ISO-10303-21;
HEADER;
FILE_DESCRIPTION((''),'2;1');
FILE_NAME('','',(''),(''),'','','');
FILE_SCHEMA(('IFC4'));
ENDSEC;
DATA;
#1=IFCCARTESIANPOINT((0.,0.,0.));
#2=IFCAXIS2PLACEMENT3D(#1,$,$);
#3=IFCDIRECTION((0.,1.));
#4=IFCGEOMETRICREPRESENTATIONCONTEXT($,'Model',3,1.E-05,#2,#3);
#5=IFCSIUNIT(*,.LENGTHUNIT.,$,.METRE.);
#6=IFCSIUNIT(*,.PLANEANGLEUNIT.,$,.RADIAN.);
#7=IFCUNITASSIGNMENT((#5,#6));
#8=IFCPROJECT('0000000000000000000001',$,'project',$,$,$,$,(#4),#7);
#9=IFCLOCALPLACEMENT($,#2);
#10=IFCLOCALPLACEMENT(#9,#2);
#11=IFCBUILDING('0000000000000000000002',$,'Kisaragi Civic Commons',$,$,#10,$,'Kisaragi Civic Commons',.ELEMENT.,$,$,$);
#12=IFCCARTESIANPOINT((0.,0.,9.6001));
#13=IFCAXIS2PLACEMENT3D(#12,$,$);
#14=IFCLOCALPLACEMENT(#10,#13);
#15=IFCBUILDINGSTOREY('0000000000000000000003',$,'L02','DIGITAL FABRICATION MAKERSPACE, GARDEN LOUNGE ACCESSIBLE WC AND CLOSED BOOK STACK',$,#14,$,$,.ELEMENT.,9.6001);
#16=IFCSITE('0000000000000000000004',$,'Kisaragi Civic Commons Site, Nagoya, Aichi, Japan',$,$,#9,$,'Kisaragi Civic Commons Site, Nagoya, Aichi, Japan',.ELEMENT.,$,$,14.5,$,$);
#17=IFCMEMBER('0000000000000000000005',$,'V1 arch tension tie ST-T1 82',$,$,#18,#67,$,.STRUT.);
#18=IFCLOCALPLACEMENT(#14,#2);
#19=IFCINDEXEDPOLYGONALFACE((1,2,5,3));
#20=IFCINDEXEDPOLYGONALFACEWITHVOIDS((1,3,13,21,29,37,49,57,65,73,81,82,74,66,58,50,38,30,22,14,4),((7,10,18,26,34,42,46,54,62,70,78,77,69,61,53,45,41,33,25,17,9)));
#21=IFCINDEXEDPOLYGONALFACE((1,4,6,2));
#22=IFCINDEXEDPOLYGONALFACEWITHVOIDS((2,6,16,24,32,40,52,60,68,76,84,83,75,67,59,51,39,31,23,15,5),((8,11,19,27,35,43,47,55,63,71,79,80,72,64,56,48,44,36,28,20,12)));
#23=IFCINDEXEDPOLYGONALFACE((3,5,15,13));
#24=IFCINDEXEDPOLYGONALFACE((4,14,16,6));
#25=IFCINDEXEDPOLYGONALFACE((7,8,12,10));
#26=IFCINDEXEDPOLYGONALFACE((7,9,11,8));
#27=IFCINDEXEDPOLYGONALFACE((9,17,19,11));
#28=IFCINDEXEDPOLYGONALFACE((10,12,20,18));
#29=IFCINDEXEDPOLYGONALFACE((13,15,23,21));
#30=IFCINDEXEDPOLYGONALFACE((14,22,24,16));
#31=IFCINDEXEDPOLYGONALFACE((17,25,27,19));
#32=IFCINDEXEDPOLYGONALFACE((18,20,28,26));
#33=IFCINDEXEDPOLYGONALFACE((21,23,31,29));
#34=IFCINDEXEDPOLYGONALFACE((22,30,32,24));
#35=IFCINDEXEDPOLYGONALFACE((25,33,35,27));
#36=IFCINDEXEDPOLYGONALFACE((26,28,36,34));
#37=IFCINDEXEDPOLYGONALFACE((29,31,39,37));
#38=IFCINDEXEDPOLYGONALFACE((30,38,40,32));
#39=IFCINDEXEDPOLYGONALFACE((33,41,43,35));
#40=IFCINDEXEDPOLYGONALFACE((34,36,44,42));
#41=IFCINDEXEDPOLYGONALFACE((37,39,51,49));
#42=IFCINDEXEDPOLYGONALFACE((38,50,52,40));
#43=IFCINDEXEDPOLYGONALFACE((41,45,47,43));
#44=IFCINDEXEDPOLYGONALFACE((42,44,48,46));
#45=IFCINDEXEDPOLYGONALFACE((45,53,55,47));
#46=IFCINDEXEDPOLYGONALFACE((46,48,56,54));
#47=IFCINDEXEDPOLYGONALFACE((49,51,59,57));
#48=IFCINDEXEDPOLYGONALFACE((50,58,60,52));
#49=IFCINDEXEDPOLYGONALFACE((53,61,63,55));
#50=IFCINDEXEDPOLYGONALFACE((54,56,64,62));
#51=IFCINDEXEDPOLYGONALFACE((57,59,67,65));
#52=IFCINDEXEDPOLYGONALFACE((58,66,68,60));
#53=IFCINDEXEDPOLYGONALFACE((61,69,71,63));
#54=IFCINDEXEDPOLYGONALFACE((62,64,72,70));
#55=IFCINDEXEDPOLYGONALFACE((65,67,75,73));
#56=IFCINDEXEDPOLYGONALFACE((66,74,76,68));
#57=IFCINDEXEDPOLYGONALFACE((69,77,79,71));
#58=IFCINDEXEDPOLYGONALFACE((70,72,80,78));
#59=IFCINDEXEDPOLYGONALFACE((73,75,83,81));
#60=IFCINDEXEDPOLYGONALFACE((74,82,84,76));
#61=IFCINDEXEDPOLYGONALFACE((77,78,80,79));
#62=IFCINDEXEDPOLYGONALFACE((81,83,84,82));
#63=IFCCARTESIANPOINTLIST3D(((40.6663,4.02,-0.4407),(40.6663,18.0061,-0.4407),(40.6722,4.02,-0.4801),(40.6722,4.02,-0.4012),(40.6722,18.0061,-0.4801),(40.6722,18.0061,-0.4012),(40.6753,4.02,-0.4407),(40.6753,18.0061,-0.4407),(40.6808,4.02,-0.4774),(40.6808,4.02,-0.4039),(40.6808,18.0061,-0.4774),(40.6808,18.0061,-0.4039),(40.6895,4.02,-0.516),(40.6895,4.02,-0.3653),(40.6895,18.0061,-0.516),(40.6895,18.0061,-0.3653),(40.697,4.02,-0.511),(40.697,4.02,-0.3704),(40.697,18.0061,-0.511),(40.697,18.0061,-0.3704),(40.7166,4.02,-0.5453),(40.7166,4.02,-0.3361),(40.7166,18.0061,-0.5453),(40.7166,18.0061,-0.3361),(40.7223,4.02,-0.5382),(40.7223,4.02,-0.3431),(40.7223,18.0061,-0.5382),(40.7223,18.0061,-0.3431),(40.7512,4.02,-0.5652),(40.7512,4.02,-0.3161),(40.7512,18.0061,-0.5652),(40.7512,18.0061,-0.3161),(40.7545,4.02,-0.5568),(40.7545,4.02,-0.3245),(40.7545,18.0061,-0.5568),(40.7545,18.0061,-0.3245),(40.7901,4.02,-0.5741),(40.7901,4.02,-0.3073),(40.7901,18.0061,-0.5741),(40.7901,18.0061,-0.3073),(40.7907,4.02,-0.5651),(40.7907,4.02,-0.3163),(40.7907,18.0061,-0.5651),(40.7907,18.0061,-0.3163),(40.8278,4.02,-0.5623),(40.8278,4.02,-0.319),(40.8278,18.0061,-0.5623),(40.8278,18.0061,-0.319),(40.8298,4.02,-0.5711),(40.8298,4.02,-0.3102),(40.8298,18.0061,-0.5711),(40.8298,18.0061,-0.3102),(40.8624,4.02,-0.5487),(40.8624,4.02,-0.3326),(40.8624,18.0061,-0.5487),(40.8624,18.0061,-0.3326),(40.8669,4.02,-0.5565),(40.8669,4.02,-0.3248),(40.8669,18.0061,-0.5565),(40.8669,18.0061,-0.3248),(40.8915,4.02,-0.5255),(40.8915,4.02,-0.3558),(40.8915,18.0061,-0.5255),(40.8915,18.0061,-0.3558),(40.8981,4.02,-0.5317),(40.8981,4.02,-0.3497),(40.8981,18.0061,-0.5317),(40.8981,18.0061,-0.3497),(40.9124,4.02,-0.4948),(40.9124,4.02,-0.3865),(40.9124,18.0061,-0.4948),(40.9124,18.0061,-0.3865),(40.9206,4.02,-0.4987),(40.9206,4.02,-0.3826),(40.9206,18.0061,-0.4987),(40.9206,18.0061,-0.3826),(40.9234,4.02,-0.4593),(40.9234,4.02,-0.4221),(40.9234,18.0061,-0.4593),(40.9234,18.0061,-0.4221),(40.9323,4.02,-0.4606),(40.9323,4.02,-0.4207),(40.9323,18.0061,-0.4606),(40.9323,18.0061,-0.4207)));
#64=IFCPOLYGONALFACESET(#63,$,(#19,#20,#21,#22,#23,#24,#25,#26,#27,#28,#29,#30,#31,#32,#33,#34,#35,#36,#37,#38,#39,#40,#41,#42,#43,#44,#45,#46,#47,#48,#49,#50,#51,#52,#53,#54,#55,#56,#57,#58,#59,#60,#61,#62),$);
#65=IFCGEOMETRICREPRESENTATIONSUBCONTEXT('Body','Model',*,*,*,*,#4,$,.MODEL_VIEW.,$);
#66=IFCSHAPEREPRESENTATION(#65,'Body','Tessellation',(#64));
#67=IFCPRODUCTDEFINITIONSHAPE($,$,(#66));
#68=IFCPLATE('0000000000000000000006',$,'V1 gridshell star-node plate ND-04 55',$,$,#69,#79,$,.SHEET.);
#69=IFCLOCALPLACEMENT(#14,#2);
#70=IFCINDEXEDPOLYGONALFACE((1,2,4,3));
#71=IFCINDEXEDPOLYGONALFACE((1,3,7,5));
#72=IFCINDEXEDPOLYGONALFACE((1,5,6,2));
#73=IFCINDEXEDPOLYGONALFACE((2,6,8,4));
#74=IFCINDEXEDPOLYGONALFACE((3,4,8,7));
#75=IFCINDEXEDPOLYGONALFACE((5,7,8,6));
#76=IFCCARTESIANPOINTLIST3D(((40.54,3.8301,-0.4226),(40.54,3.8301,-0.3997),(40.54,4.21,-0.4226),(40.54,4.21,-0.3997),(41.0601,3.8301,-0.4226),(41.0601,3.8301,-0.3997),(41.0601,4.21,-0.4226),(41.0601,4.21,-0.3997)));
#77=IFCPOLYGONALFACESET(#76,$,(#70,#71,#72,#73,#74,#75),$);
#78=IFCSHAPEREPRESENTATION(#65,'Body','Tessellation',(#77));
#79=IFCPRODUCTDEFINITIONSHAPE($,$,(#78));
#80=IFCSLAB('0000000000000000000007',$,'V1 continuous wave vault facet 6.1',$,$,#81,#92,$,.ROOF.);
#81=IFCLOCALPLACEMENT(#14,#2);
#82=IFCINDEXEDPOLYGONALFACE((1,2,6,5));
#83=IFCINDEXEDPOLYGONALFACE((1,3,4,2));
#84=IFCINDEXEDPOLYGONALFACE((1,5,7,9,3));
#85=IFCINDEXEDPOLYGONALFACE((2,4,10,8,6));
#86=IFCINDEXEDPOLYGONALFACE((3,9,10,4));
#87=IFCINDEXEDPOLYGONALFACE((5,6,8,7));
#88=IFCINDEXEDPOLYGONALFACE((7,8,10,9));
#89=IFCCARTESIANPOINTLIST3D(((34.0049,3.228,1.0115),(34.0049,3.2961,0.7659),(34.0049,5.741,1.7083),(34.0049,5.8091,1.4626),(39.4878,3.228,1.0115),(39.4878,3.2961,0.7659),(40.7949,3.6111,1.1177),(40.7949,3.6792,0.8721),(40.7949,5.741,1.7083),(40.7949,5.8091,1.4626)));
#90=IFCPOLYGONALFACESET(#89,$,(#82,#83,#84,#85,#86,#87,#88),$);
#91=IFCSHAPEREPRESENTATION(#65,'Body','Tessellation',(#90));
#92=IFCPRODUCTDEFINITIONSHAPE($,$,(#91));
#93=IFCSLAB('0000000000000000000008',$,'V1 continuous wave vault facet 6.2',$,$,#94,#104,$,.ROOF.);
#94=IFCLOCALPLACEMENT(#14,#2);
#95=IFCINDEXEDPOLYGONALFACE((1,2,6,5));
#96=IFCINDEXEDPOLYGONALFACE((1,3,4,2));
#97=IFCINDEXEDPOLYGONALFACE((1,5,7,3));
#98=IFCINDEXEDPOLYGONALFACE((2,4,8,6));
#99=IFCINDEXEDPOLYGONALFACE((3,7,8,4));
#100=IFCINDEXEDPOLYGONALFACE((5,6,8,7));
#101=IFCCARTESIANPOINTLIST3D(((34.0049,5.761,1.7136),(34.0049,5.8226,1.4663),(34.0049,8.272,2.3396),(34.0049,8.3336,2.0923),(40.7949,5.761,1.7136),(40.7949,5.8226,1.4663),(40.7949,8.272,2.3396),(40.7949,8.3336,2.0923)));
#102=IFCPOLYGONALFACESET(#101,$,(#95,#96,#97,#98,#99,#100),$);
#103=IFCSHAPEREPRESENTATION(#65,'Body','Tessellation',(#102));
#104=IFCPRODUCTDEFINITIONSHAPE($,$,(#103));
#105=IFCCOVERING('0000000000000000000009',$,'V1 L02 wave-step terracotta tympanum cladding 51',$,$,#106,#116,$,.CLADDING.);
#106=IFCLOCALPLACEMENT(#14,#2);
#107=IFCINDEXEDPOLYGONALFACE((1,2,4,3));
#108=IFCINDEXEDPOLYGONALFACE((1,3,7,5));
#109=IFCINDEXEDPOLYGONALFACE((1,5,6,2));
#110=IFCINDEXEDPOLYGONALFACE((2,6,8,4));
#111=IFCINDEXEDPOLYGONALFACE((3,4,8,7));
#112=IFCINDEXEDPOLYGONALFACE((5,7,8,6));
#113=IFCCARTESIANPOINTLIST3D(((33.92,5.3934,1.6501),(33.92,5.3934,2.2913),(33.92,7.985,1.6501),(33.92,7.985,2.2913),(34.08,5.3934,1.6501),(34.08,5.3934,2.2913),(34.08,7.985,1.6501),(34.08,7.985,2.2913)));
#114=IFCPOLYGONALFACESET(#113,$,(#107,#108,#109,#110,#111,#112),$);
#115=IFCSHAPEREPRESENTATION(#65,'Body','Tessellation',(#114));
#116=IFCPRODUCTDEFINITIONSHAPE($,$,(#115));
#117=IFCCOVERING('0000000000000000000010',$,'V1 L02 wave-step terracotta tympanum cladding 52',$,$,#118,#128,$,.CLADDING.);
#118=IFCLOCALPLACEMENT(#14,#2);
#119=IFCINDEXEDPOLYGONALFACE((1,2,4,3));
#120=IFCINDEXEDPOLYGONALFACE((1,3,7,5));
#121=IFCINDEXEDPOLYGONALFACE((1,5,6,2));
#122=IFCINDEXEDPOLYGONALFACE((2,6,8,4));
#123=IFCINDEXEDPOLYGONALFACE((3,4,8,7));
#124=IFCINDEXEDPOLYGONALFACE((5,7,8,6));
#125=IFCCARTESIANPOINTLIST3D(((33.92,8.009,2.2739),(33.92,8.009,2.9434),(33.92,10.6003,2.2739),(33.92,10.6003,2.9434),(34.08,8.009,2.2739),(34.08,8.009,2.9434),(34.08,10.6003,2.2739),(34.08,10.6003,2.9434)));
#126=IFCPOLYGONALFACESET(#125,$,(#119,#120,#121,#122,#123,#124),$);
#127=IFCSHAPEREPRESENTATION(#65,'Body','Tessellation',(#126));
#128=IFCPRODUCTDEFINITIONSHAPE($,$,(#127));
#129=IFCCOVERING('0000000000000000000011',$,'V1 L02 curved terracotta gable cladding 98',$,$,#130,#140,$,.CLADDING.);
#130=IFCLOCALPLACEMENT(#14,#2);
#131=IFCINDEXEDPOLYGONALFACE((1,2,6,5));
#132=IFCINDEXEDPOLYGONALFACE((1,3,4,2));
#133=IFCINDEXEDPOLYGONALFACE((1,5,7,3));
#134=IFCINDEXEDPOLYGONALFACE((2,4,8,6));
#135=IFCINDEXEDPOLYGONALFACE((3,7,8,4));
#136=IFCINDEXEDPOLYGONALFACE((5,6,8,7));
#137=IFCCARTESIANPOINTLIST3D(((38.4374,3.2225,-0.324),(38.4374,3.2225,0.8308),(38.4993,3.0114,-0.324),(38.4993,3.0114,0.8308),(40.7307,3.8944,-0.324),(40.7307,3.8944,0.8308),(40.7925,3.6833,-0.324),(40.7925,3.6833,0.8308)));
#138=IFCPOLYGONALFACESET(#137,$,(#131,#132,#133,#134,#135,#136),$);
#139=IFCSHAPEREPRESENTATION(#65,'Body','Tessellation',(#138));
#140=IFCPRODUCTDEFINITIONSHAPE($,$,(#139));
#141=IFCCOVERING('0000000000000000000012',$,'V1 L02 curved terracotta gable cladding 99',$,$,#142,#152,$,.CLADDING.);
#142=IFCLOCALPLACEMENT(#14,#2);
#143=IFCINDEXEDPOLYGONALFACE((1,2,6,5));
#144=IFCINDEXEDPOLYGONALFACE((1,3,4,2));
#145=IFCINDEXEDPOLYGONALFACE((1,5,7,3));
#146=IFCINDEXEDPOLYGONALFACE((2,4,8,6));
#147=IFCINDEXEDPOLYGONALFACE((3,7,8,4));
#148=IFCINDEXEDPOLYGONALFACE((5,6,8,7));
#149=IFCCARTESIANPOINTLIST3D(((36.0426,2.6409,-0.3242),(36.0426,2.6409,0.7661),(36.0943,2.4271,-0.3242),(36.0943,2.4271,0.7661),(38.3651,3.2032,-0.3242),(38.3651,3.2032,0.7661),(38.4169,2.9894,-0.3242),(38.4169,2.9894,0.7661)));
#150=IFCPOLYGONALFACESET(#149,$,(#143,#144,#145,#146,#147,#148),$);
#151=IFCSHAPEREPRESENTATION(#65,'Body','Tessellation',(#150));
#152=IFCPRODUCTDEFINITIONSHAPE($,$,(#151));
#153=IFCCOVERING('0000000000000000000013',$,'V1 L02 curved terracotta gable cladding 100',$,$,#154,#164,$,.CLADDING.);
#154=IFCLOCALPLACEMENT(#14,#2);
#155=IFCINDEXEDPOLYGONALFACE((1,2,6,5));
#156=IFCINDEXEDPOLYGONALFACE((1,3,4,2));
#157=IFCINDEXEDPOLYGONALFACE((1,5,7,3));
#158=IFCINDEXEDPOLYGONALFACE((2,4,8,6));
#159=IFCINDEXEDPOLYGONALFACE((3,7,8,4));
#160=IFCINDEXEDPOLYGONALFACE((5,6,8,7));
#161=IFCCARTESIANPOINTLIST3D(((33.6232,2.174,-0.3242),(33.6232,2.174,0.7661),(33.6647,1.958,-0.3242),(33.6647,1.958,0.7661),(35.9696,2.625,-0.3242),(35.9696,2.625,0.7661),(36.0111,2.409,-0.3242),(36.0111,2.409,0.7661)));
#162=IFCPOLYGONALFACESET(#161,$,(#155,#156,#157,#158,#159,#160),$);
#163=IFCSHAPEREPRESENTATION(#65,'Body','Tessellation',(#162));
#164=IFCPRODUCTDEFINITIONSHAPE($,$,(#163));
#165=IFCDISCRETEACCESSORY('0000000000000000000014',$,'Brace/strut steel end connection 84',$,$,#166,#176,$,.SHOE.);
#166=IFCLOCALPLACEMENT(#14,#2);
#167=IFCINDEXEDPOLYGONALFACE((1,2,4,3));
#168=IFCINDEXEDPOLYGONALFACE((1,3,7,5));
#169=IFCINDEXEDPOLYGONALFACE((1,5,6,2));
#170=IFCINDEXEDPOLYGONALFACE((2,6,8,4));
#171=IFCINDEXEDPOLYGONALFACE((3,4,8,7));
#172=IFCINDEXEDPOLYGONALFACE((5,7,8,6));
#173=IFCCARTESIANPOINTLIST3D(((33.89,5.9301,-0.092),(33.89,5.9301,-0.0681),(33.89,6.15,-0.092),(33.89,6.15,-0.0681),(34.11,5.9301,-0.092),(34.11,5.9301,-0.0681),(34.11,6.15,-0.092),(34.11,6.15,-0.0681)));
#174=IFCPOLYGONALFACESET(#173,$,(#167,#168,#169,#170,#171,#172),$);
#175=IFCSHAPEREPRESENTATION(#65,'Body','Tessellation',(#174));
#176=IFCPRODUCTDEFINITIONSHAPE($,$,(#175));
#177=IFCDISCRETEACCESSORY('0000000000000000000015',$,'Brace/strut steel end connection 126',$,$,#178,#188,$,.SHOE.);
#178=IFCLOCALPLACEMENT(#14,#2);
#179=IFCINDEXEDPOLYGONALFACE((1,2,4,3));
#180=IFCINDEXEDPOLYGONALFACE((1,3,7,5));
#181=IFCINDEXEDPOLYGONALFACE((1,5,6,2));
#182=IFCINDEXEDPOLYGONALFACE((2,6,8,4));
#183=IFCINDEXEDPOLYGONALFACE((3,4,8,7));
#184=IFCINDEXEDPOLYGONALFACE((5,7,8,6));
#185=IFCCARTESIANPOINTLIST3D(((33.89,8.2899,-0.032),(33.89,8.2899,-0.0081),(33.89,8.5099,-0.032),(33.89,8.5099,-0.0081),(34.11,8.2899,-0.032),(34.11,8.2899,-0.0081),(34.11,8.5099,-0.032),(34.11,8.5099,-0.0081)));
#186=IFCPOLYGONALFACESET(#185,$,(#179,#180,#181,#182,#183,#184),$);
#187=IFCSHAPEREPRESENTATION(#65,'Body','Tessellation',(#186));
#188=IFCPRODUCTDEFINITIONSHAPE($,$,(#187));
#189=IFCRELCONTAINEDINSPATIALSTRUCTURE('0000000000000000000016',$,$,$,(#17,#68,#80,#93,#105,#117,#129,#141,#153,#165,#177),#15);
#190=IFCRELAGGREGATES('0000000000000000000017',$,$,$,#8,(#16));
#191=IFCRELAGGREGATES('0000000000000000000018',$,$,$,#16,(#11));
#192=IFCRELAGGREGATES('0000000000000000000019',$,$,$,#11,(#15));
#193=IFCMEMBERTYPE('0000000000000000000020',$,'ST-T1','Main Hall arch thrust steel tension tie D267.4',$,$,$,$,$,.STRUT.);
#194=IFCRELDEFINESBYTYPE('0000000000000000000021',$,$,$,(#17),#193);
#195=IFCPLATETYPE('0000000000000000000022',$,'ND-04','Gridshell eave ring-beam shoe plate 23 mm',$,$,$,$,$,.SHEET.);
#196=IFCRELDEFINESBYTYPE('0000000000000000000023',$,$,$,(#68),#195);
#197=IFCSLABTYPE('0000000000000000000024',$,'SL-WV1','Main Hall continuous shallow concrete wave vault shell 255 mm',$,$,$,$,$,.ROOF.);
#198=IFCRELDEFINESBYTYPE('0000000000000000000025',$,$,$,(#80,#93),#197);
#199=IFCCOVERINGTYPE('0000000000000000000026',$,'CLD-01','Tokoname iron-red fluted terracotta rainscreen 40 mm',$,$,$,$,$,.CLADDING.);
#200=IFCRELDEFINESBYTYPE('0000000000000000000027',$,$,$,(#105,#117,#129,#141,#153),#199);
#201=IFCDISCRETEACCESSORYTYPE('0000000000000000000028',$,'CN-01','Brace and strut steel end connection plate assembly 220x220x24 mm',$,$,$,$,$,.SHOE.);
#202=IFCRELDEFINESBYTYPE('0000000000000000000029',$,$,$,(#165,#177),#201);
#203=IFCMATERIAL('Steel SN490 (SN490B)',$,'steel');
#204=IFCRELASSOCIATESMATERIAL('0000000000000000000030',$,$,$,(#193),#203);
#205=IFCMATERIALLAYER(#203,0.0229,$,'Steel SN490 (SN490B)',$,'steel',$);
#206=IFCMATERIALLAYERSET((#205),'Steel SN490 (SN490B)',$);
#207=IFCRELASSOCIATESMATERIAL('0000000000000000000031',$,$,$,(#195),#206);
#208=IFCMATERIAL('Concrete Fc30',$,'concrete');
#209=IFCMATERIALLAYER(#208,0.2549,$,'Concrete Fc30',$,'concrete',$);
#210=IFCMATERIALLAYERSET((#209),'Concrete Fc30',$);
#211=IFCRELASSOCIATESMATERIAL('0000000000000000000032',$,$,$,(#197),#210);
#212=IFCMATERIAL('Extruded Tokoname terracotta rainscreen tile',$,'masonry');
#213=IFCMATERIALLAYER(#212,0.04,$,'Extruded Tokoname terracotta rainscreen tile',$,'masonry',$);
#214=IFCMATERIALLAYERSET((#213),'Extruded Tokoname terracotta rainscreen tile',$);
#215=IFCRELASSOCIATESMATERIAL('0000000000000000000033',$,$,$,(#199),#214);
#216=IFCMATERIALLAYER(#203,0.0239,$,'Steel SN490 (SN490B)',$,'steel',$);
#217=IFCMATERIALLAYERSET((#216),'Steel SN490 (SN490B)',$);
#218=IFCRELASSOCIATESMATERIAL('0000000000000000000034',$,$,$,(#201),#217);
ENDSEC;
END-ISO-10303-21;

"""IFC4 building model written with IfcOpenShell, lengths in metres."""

from ifc_helpers import new_model, si_unit, direction, frame, origin, origin_2d, place, context, subcontext, project, spatial, polyline, rectangle, hollow_circle, outline, extrude, material, layer, layer_set, material_profile, profile_set, type_object, element, save


model = new_model("IFC4")

# Units and contexts
model_context = context("Model", 3, precision=1e-05, world=origin(), true_north=direction((0.0, 1.0)))
body_context = subcontext(model_context, "Body", "Model", "MODEL_VIEW")
ifc_project = project(units=[si_unit("LENGTHUNIT", "METRE"), si_unit("PLANEANGLEUNIT", "RADIAN")], contexts=[model_context])

# Site, building, storey
site_placement = place(None, origin())
site = spatial("IfcSite", under=ifc_project, at=site_placement, Name="Kisaragi Civic Commons Site, Nagoya, Aichi, Japan", LongName="Kisaragi Civic Commons Site, Nagoya, Aichi, Japan", CompositionType="ELEMENT", RefElevation=14.5)
building_placement = place(site_placement, origin())
building = spatial("IfcBuilding", under=site, at=building_placement, Name="Kisaragi Civic Commons", LongName="Kisaragi Civic Commons", CompositionType="ELEMENT")
storey_placement = place(building_placement, frame((0.0, 0.0, 9.6001)))
storey = spatial("IfcBuildingStorey", under=building, at=storey_placement, Name="L02", Description="DIGITAL FABRICATION MAKERSPACE, GARDEN LOUNGE ACCESSIBLE WC AND CLOSED BOOK STACK", CompositionType="ELEMENT", Elevation=9.6001)

# Member
ifc_material_1 = material(Name="Steel SN490 (SN490B)", Category="steel")
ifc_material_profile_1 = material_profile(ifc_material_1, hollow_circle(Radius=0.1338, WallThickness=0.009, at=origin_2d()), Name="CHS-267.4x9.0", Category="steel")
ifc_profile_set_1 = profile_set([ifc_material_profile_1], Name="Steel SN490 (SN490B)")
member_type_1 = type_object("IfcMemberType", Name="ST-T1", Description="Main Hall arch thrust steel tension tie D267.4", PredefinedType="STRUT", material=ifc_profile_set_1)
member_1_placement = place(storey_placement, frame((40.8, 4.02, -0.4407), z_axis=(0.0, 1.0, 0.0), x_axis=(-1.0, 0.0, 0.0)))
element("IfcMember", 1, at=member_1_placement, inside=storey, type_object=member_type_1, Name="V1 arch tension tie ST-T1 82", PredefinedType="STRUT", context=body_context, shape_type="SweptSolid", body=[
    extrude(hollow_circle(Radius=0.1338, WallThickness=0.009, at=origin_2d()), origin(), (0.0, 0.0, 1.0), 13.9861),
])

# Plate
ifc_layer_1 = layer(ifc_material_1, 0.0229, Name="Steel SN490 (SN490B)", Category="steel")
ifc_layer_set_1 = layer_set([ifc_layer_1], Name="Steel SN490 (SN490B)")
plate_type = type_object("IfcPlateType", Name="ND-04", Description="Gridshell eave ring-beam shoe plate 23 mm", PredefinedType="SHEET", material=ifc_layer_set_1)
plate_placement = place(storey_placement, frame((40.8, 4.02, -0.4226), z_axis=(0.0, 0.0, 1.0), x_axis=(1.0, 0.0, 0.0)))
element("IfcPlate", 2, at=plate_placement, inside=storey, type_object=plate_type, Name="V1 gridshell star-node plate ND-04 55", PredefinedType="SHEET", context=body_context, shape_type="SweptSolid", body=[
    extrude(rectangle(XDim=0.52, YDim=0.3799, at=origin_2d()), origin(), (0.0, 0.0, 1.0), 0.0229),
])

# Slabs
ifc_material_2 = material(Name="Concrete Fc30", Category="concrete")
ifc_layer_2 = layer(ifc_material_2, 0.2549, Name="Concrete Fc30", Category="concrete")
ifc_layer_set_2 = layer_set([ifc_layer_2], Name="Concrete Fc30")
slab_type = type_object("IfcSlabType", Name="SL-WV1", Description="Main Hall continuous shallow concrete wave vault shell 255 mm", PredefinedType="ROOF", material=ifc_layer_set_2)
slab_1_placement = place(storey_placement, frame((40.7949, 5.741, 1.7083), z_axis=(0.000001, -0.267195, 0.963642), x_axis=(-1.0, 0.0, 0.000001)))
element("IfcSlab", 3, at=slab_1_placement, inside=storey, type_object=slab_type, Name="V1 continuous wave vault facet 6.1", PredefinedType="ROOF", context=body_context, shape_type="SweptSolid", body=[
    extrude(outline(polyline([(0.0, 0.0), (6.79, 0.0), (6.79, 2.6078), (1.3071, 2.6078), (0.0, 2.2102), (0.0, 0.0)])), origin(), (0.0, 0.0, -1.0), 0.2549),
])
slab_2_placement = place(storey_placement, frame((40.7949, 8.272, 2.3396), z_axis=(0.0, -0.241892, 0.970303), x_axis=(-1.0, 0.0, 0.0)))
element("IfcSlab", 4, at=slab_2_placement, inside=storey, type_object=slab_type, Name="V1 continuous wave vault facet 6.2", PredefinedType="ROOF", context=body_context, shape_type="SweptSolid", body=[
    extrude(outline(polyline([(0.0, 0.0), (6.79, 0.0), (6.79, 2.5878), (0.0, 2.5878), (0.0, 0.0)])), origin(), (0.0, 0.0, -1.0), 0.2549),
])

# Coverings
ifc_material_3 = material(Name="Extruded Tokoname terracotta rainscreen tile", Category="masonry")
ifc_layer_3 = layer(ifc_material_3, 0.04, Name="Extruded Tokoname terracotta rainscreen tile", Category="masonry")
ifc_layer_set_3 = layer_set([ifc_layer_3], Name="Extruded Tokoname terracotta rainscreen tile")
covering_type = type_object("IfcCoveringType", Name="CLD-01", Description="Tokoname iron-red fluted terracotta rainscreen 40 mm", PredefinedType="CLADDING", material=ifc_layer_set_3)
covering_1_placement = place(storey_placement, frame((34.0, 6.6892, 1.6501), z_axis=(0.0, 0.0, 1.0), x_axis=(0.0, 1.0, 0.0)))
element("IfcCovering", 5, at=covering_1_placement, inside=storey, type_object=covering_type, Name="V1 L02 wave-step terracotta tympanum cladding 51", PredefinedType="CLADDING", context=body_context, shape_type="SweptSolid", body=[
    extrude(rectangle(XDim=2.5916, YDim=0.1599, at=origin_2d()), origin(), (0.0, 0.0, 1.0), 0.6411),
])
covering_2_placement = place(storey_placement, frame((34.0, 9.3047, 2.2739), z_axis=(0.0, 0.0, 1.0), x_axis=(0.0, 1.0, 0.0)))
element("IfcCovering", 6, at=covering_2_placement, inside=storey, type_object=covering_type, Name="V1 L02 wave-step terracotta tympanum cladding 52", PredefinedType="CLADDING", context=body_context, shape_type="SweptSolid", body=[
    extrude(rectangle(XDim=2.5913, YDim=0.1599, at=origin_2d()), origin(), (0.0, 0.0, 1.0), 0.6694),
])
covering_3_placement = place(storey_placement, frame((39.615, 3.4529, -0.324), z_axis=(0.0, 0.0, 1.0), x_axis=(-0.959658, -0.281169, 0.0)))
element("IfcCovering", 7, at=covering_3_placement, inside=storey, type_object=covering_type, Name="V1 L02 curved terracotta gable cladding 98", PredefinedType="CLADDING", context=body_context, shape_type="SweptSolid", body=[
    extrude(rectangle(XDim=2.3896, YDim=0.22, at=origin_2d()), origin(), (0.0, 0.0, 1.0), 1.1548),
])
covering_4_placement = place(storey_placement, frame((37.2297, 2.8152, -0.3242), z_axis=(0.0, 0.0, 1.0), x_axis=(-0.97192, -0.235312, 0.0)))
element("IfcCovering", 8, at=covering_4_placement, inside=storey, type_object=covering_type, Name="V1 L02 curved terracotta gable cladding 99", PredefinedType="CLADDING", context=body_context, shape_type="SweptSolid", body=[
    extrude(rectangle(XDim=2.3896, YDim=0.22, at=origin_2d()), origin(), (0.0, 0.0, 1.0), 1.0903),
])
covering_5_placement = place(storey_placement, frame((34.8171, 2.2915, -0.3242), z_axis=(0.0, 0.0, 1.0), x_axis=(-0.982025, -0.188753, 0.0)))
element("IfcCovering", 9, at=covering_5_placement, inside=storey, type_object=covering_type, Name="V1 L02 curved terracotta gable cladding 100", PredefinedType="CLADDING", context=body_context, shape_type="SweptSolid", body=[
    extrude(rectangle(XDim=2.3894, YDim=0.22, at=origin_2d()), origin(), (0.0, 0.0, 1.0), 1.0903),
])

# Discrete accessories
ifc_layer_4 = layer(ifc_material_1, 0.0239, Name="Steel SN490 (SN490B)", Category="steel")
ifc_layer_set_4 = layer_set([ifc_layer_4], Name="Steel SN490 (SN490B)")
discrete_accessory_type = type_object("IfcDiscreteAccessoryType", Name="CN-01", Description="Brace and strut steel end connection plate assembly 220x220x24 mm", PredefinedType="SHOE", material=ifc_layer_set_4)
for number, where, z_axis, x_axis, name in (
    (10, (34.0, 6.04, -0.092), (0.0, 0.0, 1.0), (1.0, 0.0, 0.0), "Brace/strut steel end connection 84"),
    (11, (34.0, 8.3999, -0.032), (0.0, 0.0, 1.0), (1.0, 0.0, 0.0), "Brace/strut steel end connection 126"),
):
    element("IfcDiscreteAccessory", number, at=place(storey_placement, frame(where, z_axis=z_axis, x_axis=x_axis)), inside=storey, type_object=discrete_accessory_type, Name=name, PredefinedType="SHOE", context=body_context, shape_type="SweptSolid", body=[
        extrude(rectangle(XDim=0.22, YDim=0.22, at=origin_2d()), origin(), (0.0, 0.0, 1.0), 0.0239),
    ])

save(model, "model.ifc")
